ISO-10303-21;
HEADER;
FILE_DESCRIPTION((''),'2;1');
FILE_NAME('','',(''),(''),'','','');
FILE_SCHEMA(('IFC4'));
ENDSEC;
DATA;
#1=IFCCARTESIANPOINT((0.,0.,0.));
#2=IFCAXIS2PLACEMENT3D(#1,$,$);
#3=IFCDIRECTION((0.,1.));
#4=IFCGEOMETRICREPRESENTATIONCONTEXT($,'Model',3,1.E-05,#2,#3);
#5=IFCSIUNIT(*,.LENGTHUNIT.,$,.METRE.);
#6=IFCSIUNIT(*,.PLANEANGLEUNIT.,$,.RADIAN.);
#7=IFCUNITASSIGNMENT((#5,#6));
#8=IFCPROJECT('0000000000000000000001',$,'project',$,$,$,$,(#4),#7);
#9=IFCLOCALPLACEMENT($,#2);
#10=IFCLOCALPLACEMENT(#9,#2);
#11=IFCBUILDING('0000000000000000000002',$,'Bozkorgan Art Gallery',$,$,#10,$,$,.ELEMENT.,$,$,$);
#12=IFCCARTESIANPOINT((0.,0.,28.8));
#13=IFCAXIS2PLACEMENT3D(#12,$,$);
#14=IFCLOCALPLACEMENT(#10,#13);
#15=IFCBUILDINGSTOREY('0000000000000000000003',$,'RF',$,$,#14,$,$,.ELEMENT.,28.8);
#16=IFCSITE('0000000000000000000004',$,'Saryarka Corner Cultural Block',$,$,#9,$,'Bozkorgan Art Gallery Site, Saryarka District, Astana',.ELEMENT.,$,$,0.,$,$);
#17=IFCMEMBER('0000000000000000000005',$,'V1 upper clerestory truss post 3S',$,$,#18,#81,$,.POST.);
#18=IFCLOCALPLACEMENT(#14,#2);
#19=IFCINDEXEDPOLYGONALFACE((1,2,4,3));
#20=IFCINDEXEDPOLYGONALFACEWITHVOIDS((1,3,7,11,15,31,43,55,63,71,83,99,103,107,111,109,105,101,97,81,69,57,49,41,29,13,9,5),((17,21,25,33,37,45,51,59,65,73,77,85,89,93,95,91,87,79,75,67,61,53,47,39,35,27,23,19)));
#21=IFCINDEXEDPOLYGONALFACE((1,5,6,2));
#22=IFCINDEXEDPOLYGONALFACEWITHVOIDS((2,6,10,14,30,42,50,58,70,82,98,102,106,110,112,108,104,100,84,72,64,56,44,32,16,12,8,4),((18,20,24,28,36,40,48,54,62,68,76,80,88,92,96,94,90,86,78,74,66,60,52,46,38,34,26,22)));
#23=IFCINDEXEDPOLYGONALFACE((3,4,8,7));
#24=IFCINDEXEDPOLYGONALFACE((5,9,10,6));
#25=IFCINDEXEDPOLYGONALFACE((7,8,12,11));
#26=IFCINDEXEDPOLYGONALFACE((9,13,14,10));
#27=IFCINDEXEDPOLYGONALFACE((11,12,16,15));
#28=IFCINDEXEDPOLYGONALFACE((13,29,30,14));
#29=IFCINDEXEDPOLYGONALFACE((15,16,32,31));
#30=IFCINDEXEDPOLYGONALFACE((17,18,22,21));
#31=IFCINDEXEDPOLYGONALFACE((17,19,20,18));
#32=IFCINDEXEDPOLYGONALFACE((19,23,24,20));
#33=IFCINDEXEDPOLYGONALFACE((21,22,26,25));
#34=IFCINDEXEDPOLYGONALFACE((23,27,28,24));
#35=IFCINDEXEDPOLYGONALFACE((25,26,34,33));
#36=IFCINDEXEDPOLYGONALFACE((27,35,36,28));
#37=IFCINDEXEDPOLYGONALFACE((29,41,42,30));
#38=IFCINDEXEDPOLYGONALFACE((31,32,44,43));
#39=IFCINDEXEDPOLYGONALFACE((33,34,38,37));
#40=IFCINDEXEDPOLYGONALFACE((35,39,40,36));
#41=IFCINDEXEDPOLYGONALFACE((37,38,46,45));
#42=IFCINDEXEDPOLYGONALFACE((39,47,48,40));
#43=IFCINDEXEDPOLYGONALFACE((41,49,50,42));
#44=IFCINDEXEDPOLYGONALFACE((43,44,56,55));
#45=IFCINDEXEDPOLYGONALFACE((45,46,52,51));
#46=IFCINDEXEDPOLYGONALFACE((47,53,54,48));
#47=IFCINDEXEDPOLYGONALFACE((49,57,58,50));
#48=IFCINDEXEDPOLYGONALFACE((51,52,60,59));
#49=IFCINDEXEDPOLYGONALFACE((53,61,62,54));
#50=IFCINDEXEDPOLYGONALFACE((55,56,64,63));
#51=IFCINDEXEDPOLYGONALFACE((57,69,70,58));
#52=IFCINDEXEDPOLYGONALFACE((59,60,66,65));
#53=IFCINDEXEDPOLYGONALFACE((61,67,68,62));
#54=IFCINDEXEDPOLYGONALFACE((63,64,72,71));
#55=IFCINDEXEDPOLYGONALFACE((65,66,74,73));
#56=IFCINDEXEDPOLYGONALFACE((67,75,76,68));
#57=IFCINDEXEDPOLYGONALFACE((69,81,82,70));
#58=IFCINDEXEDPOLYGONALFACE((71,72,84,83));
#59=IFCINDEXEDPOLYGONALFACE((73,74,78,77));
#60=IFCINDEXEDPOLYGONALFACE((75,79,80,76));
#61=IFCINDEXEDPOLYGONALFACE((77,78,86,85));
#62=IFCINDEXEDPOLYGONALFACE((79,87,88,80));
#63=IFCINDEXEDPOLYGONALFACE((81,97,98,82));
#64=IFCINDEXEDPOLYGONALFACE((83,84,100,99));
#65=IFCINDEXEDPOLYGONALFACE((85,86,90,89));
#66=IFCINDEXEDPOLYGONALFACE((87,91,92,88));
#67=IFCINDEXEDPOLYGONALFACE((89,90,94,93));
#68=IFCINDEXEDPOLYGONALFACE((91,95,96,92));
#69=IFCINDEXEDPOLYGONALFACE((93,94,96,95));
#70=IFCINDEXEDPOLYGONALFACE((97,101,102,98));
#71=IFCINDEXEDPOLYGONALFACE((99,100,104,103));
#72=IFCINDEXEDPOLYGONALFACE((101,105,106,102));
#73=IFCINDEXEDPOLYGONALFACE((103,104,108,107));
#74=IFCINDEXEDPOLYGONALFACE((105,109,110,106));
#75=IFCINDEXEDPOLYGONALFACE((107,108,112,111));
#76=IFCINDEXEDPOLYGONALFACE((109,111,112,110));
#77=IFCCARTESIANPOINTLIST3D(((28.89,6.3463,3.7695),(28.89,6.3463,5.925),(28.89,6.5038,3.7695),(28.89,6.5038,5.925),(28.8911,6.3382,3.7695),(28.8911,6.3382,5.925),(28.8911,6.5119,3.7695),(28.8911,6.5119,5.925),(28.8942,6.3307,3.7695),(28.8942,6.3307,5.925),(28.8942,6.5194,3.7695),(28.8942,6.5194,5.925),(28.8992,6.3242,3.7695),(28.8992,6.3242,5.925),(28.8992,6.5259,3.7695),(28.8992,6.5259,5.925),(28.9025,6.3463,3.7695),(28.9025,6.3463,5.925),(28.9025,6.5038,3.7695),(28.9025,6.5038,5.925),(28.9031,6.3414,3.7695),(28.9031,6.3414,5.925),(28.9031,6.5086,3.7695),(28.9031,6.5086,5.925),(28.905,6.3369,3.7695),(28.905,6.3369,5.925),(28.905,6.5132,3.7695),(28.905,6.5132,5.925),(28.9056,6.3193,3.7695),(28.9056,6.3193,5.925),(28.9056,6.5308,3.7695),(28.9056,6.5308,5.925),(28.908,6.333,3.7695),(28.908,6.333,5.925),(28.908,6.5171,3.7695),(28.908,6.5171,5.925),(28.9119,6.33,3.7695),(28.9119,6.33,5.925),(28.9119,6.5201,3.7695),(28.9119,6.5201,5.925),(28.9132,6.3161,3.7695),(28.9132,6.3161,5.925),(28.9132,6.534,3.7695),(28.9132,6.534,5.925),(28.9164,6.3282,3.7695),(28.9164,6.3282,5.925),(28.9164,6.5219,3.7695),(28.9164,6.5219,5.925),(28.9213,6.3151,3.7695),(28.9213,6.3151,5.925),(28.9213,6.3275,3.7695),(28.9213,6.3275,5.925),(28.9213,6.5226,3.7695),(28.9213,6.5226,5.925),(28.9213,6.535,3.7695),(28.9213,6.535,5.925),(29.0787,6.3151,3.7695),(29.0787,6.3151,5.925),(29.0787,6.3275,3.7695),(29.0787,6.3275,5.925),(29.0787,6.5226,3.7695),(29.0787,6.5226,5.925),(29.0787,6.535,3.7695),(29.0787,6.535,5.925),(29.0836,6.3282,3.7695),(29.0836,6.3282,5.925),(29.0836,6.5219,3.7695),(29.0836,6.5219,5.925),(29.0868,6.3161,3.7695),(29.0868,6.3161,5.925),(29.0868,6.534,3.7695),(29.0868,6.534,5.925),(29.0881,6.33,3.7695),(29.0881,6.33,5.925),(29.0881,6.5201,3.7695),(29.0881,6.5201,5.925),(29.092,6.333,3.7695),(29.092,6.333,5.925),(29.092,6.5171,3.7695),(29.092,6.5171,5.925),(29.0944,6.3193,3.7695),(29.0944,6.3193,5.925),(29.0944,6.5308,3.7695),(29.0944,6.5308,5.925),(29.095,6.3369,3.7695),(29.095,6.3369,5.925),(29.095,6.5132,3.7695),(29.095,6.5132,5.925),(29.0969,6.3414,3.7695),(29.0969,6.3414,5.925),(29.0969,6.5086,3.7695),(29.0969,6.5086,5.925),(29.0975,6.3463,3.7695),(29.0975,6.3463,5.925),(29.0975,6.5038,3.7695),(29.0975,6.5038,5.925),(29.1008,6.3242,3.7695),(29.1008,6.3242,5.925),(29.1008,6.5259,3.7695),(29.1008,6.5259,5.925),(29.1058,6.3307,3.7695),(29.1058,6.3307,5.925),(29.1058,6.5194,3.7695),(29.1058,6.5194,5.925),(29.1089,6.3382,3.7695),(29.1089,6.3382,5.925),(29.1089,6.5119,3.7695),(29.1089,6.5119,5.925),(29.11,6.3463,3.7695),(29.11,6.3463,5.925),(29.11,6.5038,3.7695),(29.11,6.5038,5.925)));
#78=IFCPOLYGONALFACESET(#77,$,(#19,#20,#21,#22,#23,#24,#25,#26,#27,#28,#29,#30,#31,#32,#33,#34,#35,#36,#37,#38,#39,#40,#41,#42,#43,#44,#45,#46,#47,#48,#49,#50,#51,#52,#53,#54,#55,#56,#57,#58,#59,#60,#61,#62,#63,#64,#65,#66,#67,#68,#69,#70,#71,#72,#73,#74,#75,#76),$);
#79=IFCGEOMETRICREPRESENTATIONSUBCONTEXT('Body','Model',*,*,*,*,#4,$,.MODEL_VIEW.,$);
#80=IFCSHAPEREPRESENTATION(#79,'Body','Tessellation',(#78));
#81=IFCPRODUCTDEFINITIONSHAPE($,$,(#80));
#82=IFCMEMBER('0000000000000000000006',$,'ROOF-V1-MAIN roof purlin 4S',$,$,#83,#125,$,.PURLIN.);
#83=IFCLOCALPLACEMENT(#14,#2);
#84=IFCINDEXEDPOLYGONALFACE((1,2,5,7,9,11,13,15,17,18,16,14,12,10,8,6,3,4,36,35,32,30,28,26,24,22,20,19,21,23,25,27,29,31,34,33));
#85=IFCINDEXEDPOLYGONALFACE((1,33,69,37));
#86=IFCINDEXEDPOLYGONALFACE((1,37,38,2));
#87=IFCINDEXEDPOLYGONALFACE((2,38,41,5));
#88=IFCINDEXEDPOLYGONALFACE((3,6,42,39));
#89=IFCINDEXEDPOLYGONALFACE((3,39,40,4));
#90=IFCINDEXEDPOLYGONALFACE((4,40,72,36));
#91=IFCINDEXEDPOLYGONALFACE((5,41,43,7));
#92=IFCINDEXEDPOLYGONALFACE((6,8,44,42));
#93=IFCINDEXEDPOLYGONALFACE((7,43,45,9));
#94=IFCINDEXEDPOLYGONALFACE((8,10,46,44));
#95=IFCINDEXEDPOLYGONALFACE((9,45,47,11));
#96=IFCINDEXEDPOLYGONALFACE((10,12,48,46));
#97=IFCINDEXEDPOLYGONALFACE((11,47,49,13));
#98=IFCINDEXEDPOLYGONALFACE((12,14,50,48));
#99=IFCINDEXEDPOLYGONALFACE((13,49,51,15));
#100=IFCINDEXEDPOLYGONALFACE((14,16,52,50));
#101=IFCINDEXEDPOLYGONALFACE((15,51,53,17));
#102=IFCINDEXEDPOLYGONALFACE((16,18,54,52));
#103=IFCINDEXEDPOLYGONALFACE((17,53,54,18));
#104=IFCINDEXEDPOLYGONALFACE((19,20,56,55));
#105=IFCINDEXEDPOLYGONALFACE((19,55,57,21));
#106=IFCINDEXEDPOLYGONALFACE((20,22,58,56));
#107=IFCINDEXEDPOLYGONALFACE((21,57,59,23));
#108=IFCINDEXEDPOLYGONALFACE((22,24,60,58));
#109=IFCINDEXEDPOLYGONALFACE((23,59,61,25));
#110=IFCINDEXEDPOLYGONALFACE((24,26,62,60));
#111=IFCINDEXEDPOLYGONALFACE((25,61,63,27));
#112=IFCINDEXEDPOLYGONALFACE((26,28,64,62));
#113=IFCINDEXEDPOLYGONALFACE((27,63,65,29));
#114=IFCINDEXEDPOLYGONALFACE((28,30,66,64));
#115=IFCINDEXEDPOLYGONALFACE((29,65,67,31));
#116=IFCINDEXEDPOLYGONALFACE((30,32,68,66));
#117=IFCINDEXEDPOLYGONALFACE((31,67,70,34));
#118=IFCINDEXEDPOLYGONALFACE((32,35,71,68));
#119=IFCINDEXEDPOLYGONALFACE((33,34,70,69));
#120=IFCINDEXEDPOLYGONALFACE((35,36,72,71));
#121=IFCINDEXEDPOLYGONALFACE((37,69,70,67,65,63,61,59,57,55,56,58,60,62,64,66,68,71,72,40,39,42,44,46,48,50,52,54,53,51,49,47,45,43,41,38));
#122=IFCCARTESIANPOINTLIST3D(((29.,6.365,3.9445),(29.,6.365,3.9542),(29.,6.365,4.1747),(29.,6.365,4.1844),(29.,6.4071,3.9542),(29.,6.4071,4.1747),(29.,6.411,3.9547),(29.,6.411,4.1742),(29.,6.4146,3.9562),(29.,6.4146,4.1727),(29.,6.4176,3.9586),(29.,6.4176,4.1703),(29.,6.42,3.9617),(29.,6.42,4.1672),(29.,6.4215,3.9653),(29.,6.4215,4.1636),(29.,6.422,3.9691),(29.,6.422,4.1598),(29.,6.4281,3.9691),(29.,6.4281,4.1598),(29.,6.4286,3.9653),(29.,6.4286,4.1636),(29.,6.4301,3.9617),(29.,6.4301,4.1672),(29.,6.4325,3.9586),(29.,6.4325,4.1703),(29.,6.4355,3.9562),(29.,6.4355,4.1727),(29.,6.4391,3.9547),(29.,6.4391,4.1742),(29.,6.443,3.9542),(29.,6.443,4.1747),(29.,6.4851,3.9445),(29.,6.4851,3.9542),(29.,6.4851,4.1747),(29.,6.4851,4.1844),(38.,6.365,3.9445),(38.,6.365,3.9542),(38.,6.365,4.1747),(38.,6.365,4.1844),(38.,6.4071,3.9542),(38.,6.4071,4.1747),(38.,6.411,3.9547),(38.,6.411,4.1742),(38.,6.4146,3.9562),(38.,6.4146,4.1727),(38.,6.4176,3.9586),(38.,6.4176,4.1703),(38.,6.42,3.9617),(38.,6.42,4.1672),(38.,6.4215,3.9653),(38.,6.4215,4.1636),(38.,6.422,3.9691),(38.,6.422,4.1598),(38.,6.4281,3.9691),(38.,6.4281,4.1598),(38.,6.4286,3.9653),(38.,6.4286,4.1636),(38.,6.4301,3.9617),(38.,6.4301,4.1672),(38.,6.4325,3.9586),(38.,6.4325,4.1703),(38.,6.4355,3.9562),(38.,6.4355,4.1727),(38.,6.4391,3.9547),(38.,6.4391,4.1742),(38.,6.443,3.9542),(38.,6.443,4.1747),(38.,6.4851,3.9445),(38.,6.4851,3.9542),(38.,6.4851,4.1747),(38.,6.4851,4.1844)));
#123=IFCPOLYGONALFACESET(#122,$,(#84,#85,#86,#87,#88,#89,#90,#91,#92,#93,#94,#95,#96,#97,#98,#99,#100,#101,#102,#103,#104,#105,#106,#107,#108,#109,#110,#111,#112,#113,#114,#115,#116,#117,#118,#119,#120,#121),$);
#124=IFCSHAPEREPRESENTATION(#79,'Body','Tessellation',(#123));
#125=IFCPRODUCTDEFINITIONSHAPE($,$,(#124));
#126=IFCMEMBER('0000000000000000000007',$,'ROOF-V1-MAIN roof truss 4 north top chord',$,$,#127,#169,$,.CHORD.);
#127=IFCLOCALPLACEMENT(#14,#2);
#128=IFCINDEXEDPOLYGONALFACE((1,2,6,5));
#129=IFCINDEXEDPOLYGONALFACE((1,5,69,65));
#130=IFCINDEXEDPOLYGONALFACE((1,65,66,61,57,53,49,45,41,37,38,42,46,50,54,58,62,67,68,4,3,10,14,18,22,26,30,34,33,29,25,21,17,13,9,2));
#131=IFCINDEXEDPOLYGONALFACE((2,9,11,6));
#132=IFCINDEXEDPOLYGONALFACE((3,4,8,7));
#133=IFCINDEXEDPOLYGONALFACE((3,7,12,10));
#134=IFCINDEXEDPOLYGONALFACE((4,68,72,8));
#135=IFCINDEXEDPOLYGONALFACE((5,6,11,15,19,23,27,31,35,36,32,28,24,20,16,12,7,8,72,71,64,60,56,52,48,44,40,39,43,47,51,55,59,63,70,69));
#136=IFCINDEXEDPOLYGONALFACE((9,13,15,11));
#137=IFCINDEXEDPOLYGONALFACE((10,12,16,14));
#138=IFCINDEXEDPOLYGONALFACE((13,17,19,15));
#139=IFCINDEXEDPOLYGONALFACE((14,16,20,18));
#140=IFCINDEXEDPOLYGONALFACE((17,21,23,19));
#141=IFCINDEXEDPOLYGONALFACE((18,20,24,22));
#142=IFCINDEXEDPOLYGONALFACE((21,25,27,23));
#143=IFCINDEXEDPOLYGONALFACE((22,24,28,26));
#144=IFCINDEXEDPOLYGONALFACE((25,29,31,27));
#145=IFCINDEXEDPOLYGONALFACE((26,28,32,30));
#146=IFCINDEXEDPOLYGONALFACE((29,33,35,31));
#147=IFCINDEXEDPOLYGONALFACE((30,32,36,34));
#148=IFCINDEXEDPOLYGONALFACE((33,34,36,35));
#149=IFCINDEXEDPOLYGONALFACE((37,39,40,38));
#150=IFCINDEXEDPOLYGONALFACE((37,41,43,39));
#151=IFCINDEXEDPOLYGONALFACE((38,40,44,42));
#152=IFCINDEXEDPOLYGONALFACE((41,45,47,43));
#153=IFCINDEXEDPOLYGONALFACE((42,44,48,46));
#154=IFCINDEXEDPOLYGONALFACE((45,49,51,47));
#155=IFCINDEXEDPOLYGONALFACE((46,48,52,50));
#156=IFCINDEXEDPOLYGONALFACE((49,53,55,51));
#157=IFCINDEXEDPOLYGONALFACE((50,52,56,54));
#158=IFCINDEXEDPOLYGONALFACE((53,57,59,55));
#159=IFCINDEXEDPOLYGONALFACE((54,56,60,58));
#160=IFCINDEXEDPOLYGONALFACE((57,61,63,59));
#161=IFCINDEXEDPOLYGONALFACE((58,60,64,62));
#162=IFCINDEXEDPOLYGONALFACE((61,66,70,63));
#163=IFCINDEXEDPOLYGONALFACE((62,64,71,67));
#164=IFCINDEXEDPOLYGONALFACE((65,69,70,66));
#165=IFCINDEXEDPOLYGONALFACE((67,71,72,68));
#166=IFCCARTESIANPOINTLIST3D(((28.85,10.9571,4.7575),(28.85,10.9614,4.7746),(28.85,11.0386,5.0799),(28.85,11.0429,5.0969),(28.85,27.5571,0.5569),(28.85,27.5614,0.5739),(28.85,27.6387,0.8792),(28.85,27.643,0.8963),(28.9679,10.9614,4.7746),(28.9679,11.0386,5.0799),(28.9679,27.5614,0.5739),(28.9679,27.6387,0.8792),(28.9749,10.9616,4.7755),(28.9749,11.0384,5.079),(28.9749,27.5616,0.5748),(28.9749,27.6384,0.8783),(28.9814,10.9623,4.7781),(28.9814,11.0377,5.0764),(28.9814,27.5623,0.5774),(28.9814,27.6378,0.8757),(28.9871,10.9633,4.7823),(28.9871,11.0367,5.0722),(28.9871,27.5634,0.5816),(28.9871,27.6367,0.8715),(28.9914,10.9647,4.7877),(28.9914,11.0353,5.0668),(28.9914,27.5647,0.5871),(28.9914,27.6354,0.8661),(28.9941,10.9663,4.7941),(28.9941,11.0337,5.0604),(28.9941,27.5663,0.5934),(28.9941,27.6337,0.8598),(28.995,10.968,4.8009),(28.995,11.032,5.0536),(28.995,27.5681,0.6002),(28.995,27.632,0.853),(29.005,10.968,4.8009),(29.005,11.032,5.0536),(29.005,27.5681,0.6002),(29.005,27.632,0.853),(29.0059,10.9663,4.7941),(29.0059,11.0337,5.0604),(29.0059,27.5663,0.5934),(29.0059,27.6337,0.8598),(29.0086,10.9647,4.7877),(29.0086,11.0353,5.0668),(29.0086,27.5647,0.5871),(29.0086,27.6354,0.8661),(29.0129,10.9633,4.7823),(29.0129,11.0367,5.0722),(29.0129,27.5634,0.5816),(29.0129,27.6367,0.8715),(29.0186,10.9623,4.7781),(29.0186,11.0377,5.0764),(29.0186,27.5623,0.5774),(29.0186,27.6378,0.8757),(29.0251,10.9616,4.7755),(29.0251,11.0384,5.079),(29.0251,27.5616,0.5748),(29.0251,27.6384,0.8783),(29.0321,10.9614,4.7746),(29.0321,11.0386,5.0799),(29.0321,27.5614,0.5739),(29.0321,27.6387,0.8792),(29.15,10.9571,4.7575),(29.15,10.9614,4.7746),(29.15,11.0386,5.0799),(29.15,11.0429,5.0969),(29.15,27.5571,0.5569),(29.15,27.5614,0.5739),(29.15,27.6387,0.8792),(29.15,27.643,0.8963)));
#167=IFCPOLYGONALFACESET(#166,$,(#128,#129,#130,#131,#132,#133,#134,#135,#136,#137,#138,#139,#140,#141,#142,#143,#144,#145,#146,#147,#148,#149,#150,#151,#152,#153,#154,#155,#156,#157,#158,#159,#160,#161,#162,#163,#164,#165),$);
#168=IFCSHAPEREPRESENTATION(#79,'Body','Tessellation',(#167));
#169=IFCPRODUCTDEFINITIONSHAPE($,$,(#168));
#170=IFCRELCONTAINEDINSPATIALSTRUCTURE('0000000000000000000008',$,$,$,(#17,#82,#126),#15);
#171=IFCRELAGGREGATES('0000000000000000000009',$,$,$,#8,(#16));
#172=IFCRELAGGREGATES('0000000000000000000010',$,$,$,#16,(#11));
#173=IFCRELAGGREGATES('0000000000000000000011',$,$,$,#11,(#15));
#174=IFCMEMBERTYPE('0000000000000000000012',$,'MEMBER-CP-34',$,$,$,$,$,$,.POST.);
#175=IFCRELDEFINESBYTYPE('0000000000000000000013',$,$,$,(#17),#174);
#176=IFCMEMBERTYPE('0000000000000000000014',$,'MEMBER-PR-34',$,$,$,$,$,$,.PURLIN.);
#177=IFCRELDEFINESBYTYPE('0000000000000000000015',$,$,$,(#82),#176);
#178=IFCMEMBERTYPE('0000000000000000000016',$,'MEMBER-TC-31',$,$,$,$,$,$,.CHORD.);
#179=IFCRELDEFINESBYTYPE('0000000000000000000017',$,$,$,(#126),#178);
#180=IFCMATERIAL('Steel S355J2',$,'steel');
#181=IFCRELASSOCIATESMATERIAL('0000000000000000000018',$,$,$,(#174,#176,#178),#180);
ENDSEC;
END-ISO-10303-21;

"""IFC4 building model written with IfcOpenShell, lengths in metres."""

from ifc_helpers import new_model, si_unit, direction, frame, origin, origin_2d, place, context, subcontext, project, spatial, hollow_rectangle, i_section, extrude, material, material_profile, profile_set, type_object, element, save


model = new_model("IFC4")

# Units and contexts
model_context = context("Model", 3, precision=1e-05, world=origin(), true_north=direction((0.0, 1.0)))
body_context = subcontext(model_context, "Body", "Model", "MODEL_VIEW")
ifc_project = project(units=[si_unit("LENGTHUNIT", "METRE"), si_unit("PLANEANGLEUNIT", "RADIAN")], contexts=[model_context])

# Site, building, storey
site_placement = place(None, origin())
site = spatial("IfcSite", under=ifc_project, at=site_placement, Name="Saryarka Corner Cultural Block", LongName="Bozkorgan Art Gallery Site, Saryarka District, Astana", CompositionType="ELEMENT", RefElevation=0.0)
building_placement = place(site_placement, origin())
building = spatial("IfcBuilding", under=site, at=building_placement, Name="Bozkorgan Art Gallery", CompositionType="ELEMENT")
storey_placement = place(building_placement, frame((0.0, 0.0, 28.8)))
storey = spatial("IfcBuildingStorey", under=building, at=storey_placement, Name="RF", CompositionType="ELEMENT", Elevation=28.8)

# Shared definitions
ifc_material_1 = material(Name="Steel S355J2", Category="steel")

# Members
ifc_material_profile_1 = material_profile(ifc_material_1, hollow_rectangle(XDim=0.22, YDim=0.22, WallThickness=0.0125, InnerFilletRadius=0.0188, OuterFilletRadius=0.0312, at=origin_2d()), Name="SHS 220x220x12.5")
ifc_profile_set_1 = profile_set([ifc_material_profile_1], Name="Steel S355J2")
member_type_1 = type_object("IfcMemberType", Name="MEMBER-CP-34", PredefinedType="POST", material=ifc_profile_set_1)
member_1_placement = place(storey_placement, frame((29.0, 6.425, 3.7695), z_axis=(0.0, 0.0, 1.0), x_axis=(1.0, 0.0, 0.0)))
element("IfcMember", 1, at=member_1_placement, inside=storey, type_object=member_type_1, Name="V1 upper clerestory truss post 3S", PredefinedType="POST", context=body_context, shape_type="SweptSolid", body=[
    extrude(hollow_rectangle(XDim=0.22, YDim=0.22, WallThickness=0.0125, InnerFilletRadius=0.0188, OuterFilletRadius=0.0312, at=origin_2d()), origin(), (0.0, 0.0, 1.0), 2.1555),
])
ifc_material_profile_2 = material_profile(ifc_material_1, i_section(OverallWidth=0.1201, OverallDepth=0.24, WebThickness=0.0061, FlangeThickness=0.0098, FilletRadius=0.0149, at=origin_2d()), Name="IPE 240")
ifc_profile_set_2 = profile_set([ifc_material_profile_2], Name="Steel S355J2")
member_type_2 = type_object("IfcMemberType", Name="MEMBER-PR-34", PredefinedType="PURLIN", material=ifc_profile_set_2)
member_2_placement = place(storey_placement, frame((29.0, 6.425, 4.0645), z_axis=(1.0, 0.0, 0.0), x_axis=(0.0, 1.0, 0.0)))
element("IfcMember", 2, at=member_2_placement, inside=storey, type_object=member_type_2, Name="ROOF-V1-MAIN roof purlin 4S", PredefinedType="PURLIN", context=body_context, shape_type="SweptSolid", body=[
    extrude(i_section(OverallWidth=0.1201, OverallDepth=0.24, WebThickness=0.0061, FlangeThickness=0.0098, FilletRadius=0.0149, at=origin_2d()), origin(), (0.0, 0.0, 1.0), 9.0),
])
ifc_material_profile_3 = material_profile(ifc_material_1, i_section(OverallWidth=0.3, OverallDepth=0.3501, WebThickness=0.01, FlangeThickness=0.0176, FilletRadius=0.0271, at=origin_2d()), Name="HEA 360")
ifc_profile_set_3 = profile_set([ifc_material_profile_3], Name="Steel S355J2")
member_type_3 = type_object("IfcMemberType", Name="MEMBER-TC-31", PredefinedType="CHORD", material=ifc_profile_set_3)
member_3_placement = place(storey_placement, frame((29.0, 11.0, 4.9272), z_axis=(0.0, 0.969442, -0.245319), x_axis=(-1.0, 0.0, 0.0)))
element("IfcMember", 3, at=member_3_placement, inside=storey, type_object=member_type_3, Name="ROOF-V1-MAIN roof truss 4 north top chord", PredefinedType="CHORD", context=body_context, shape_type="SweptSolid", body=[
    extrude(i_section(OverallWidth=0.3, OverallDepth=0.3501, WebThickness=0.01, FlangeThickness=0.0176, FilletRadius=0.0271, at=origin_2d()), origin(), (0.0, 0.0, 1.0), 17.1233),
])

save(model, "model.ifc")
